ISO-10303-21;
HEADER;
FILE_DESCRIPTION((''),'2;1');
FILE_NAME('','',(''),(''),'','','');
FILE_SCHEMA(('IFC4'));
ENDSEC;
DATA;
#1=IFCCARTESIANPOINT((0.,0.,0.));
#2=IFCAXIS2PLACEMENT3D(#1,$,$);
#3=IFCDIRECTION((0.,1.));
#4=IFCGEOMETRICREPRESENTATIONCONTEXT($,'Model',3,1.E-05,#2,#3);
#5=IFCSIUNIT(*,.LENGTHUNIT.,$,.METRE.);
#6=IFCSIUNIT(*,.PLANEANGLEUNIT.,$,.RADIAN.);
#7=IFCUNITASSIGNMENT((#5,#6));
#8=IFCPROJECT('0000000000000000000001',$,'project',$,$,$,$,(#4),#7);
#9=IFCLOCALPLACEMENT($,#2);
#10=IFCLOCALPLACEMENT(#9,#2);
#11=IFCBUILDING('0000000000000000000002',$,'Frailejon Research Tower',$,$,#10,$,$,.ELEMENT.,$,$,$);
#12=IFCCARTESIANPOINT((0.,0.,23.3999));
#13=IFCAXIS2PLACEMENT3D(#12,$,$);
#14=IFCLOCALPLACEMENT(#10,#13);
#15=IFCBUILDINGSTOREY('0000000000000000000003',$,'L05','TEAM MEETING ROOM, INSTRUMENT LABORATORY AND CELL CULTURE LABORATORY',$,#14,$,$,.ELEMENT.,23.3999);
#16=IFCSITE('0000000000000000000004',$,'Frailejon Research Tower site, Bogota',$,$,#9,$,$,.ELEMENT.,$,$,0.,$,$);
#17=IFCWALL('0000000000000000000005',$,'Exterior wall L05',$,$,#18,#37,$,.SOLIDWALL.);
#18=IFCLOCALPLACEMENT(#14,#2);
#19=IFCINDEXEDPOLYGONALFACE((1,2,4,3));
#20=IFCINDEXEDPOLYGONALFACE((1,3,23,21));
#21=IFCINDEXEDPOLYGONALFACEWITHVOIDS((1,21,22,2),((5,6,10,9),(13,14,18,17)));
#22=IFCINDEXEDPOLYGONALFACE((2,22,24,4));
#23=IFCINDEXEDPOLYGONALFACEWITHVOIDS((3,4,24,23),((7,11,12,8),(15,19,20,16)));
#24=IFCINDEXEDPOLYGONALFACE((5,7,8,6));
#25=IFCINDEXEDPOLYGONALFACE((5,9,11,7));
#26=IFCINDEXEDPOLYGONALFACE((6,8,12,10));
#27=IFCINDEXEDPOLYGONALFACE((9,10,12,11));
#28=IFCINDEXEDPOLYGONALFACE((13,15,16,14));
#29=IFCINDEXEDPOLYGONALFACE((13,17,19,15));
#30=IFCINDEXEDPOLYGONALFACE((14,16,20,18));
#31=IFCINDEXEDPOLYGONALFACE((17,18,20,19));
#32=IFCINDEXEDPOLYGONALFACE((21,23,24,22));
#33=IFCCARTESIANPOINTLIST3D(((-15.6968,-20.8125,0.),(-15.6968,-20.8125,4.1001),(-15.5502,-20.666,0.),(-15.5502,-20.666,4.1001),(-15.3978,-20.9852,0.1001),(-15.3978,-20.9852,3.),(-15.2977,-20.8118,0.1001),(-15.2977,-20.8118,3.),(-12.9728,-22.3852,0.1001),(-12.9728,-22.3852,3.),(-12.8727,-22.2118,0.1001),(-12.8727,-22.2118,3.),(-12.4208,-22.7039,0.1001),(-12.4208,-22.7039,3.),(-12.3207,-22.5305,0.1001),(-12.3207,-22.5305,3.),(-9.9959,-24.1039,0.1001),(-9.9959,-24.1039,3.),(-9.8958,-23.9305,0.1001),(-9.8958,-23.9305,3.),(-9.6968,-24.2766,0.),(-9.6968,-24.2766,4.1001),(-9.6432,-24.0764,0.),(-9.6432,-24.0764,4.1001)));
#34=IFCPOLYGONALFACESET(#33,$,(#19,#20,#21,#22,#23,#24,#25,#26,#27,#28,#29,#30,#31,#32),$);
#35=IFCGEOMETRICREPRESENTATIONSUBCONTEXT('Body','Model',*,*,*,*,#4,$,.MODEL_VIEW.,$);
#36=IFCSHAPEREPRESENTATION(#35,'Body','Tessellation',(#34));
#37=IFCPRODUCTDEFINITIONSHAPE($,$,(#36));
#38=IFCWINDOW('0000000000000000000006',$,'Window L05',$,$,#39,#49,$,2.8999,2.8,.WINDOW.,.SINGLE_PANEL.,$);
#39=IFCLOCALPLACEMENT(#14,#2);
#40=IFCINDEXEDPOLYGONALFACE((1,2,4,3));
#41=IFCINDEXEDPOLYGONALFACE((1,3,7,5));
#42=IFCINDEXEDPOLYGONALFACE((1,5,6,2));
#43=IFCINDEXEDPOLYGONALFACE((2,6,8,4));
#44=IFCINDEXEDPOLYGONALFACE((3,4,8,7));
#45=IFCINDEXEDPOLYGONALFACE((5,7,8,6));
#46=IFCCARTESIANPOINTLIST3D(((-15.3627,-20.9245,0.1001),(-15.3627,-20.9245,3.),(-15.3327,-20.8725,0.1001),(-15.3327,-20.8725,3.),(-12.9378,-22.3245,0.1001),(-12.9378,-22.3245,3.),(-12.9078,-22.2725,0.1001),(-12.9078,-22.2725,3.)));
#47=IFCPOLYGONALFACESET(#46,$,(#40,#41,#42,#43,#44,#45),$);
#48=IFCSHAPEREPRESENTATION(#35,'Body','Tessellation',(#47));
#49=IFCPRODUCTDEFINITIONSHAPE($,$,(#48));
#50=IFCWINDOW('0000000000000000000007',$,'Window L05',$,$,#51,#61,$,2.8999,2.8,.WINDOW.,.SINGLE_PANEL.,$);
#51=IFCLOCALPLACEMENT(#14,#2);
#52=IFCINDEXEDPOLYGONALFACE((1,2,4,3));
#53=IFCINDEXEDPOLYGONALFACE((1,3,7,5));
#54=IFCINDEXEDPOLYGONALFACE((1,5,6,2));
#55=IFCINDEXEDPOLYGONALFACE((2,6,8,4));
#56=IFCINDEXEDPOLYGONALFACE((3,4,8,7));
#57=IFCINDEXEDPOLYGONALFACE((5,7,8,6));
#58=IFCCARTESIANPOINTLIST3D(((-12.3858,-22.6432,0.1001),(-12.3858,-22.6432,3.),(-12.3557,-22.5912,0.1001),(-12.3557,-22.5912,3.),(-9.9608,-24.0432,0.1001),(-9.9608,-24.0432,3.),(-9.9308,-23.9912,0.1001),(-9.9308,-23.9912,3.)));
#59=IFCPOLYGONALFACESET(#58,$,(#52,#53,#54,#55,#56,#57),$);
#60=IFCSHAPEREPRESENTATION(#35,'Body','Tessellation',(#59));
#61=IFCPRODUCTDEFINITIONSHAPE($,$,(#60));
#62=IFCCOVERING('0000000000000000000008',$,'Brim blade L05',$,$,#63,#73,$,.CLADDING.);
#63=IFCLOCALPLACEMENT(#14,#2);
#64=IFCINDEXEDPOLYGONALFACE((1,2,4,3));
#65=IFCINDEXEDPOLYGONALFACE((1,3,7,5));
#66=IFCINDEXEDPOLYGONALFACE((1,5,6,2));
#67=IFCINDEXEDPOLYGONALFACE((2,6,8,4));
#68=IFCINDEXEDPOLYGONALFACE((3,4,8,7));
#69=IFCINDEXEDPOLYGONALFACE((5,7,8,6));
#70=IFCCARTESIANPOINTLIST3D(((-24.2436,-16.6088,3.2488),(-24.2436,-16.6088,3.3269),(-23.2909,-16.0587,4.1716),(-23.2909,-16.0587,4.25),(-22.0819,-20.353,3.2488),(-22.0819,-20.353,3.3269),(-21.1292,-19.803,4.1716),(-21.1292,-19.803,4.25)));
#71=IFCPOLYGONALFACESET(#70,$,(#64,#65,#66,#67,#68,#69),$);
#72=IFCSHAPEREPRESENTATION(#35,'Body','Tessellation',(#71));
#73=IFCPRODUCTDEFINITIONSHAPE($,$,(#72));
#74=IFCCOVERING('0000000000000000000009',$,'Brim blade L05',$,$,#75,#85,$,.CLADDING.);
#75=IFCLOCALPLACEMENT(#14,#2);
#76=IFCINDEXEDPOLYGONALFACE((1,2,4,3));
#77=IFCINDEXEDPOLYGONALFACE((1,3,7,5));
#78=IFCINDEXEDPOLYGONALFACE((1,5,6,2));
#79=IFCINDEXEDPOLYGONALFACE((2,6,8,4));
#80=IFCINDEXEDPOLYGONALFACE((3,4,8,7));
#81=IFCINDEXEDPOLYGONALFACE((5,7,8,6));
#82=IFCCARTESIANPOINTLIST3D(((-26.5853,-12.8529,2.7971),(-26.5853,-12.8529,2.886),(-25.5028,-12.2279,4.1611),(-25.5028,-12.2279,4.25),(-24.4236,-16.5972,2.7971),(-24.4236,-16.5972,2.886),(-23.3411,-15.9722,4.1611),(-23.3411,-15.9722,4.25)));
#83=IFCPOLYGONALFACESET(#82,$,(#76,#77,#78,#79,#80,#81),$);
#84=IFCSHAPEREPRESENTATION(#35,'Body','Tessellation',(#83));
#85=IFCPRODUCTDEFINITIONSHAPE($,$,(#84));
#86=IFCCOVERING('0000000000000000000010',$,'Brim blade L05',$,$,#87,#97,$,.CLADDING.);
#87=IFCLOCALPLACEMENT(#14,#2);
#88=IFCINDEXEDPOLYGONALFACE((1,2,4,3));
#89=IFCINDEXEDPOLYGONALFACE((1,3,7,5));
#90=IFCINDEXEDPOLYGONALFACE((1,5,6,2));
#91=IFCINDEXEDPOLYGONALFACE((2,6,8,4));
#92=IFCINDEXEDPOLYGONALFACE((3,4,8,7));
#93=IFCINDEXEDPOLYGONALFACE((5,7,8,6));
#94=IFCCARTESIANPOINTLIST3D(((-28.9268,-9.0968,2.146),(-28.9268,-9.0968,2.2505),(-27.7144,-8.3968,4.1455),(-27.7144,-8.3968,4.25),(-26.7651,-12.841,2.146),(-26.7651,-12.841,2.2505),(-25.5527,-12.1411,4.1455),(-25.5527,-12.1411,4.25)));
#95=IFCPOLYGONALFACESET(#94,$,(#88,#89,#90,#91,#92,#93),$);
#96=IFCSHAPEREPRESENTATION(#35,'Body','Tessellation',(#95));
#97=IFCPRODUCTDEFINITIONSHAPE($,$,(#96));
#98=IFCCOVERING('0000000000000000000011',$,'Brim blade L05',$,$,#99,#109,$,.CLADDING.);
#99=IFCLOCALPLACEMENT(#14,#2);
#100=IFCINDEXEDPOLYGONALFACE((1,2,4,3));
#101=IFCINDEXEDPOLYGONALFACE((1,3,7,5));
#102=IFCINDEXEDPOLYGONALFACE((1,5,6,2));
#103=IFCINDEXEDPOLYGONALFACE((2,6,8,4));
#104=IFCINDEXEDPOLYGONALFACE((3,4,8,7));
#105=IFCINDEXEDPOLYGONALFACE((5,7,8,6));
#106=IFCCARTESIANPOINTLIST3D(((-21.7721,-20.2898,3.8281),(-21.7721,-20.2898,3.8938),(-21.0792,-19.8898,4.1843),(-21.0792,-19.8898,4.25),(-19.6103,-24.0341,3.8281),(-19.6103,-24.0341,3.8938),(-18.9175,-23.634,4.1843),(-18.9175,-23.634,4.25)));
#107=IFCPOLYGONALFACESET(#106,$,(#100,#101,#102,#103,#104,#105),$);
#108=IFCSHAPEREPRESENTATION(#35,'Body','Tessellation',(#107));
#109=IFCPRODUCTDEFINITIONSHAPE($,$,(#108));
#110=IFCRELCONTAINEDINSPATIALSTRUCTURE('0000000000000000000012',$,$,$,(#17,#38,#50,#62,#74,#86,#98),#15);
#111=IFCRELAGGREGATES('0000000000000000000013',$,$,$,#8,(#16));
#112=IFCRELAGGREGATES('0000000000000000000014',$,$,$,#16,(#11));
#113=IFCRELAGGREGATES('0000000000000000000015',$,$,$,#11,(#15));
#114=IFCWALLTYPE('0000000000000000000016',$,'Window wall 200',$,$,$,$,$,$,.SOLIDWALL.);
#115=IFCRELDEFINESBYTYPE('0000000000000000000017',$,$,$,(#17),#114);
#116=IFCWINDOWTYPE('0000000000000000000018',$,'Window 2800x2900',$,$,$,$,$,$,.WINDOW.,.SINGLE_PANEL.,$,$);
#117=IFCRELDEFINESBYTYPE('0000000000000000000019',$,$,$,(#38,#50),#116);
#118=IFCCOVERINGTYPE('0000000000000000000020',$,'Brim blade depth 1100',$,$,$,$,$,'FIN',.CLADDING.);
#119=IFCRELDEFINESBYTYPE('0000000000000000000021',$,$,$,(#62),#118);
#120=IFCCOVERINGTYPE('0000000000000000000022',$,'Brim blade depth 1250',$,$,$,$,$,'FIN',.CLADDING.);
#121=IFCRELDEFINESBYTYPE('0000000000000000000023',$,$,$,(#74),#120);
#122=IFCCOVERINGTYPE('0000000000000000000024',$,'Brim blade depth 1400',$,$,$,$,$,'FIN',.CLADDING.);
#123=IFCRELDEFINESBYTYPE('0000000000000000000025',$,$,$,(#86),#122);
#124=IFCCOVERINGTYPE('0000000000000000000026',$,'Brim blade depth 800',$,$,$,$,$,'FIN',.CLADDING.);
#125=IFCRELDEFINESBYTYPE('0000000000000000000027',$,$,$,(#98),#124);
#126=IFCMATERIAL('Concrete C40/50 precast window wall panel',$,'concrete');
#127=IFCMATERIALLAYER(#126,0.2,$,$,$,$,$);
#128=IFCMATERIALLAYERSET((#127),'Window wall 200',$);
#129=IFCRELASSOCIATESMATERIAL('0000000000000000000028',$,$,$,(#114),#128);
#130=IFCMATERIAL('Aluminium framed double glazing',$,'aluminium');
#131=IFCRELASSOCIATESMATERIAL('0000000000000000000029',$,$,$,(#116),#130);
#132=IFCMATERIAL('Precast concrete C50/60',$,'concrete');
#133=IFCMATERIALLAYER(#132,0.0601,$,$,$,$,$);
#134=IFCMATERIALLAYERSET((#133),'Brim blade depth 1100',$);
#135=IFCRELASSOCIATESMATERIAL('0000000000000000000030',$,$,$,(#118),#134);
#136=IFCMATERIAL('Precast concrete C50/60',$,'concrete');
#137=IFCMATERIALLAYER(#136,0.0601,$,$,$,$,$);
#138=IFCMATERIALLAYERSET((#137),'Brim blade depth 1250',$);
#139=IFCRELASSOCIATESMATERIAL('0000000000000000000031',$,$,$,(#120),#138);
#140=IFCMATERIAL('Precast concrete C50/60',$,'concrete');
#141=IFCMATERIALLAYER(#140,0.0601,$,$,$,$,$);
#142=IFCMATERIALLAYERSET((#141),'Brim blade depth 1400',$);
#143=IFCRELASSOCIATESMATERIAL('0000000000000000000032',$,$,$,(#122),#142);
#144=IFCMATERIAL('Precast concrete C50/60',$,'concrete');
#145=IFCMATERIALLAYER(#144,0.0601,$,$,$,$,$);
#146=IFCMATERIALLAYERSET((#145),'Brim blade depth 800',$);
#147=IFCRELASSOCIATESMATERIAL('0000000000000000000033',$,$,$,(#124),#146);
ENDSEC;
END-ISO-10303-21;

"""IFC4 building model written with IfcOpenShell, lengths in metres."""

from ifc_helpers import new_model, si_unit, direction, frame, frame_2d, origin, place, context, subcontext, project, spatial, polyline, rectangle, outline, extrude, material, layer, layer_set, type_object, element, fill, save


model = new_model("IFC4")

# Units and contexts
model_context = context("Model", 3, precision=1e-05, world=origin(), true_north=direction((0.0, 1.0)))
body_context = subcontext(model_context, "Body", "Model", "MODEL_VIEW")
ifc_project = project(units=[si_unit("LENGTHUNIT", "METRE"), si_unit("PLANEANGLEUNIT", "RADIAN")], contexts=[model_context])

# Site, building, storey
site_placement = place(None, origin())
site = spatial("IfcSite", under=ifc_project, at=site_placement, Name="Frailejon Research Tower site, Bogota", CompositionType="ELEMENT", RefElevation=0.0)
building_placement = place(site_placement, origin())
building = spatial("IfcBuilding", under=site, at=building_placement, Name="Frailejon Research Tower", CompositionType="ELEMENT")
storey_placement = place(building_placement, frame((0.0, 0.0, 23.3999)))
storey = spatial("IfcBuildingStorey", under=building, at=storey_placement, Name="L05", Description="TEAM MEETING ROOM, INSTRUMENT LABORATORY AND CELL CULTURE LABORATORY", CompositionType="ELEMENT", Elevation=23.3999)

# Wall, openings, windows
ifc_material_1 = material(Name="Concrete C40/50 precast window wall panel", Category="concrete")
ifc_layer_1 = layer(ifc_material_1, 0.2)
ifc_layer_set_1 = layer_set([ifc_layer_1], Name="Window wall 200")
wall_type_1 = type_object("IfcWallType", Name="Window wall 200", PredefinedType="SOLIDWALL", material=ifc_layer_set_1)
wall_1_placement = place(storey_placement, frame((-15.6235, -20.7393, 0.0), z_axis=(0.0, 0.0, 1.0), x_axis=(0.866029, -0.499993, 0.0)))
wall_1 = element("IfcWall", 1, at=wall_1_placement, inside=storey, type_object=wall_type_1, Name="Exterior wall L05", PredefinedType="SOLIDWALL", context=body_context, shape_type="SweptSolid", body=[
    extrude(outline(polyline([(-0.0269, -0.1001), (1.1279, -0.1001), (2.2825, -0.1001), (3.4373, -0.1001), (4.592, -0.1001), (5.7466, -0.1001), (6.9014, -0.1001), (6.8477, 0.1001), (5.7109, 0.1001), (4.574, 0.1001), (3.4373, 0.1001), (2.3005, 0.1001), (1.1636, 0.1001), (0.0269, 0.1001), (-0.0269, -0.1001)])), origin(), (0.0, 0.0, 1.0), 4.1001),
])
opening_1_placement = place(wall_1_placement, frame((0.3186, 0.0, 0.1001)))
opening_1 = element("IfcOpeningElement", 2, at=opening_1_placement, cuts=wall_1, PredefinedType="OPENING", context=body_context, shape_type="SweptSolid", body=[
    extrude(rectangle(XDim=2.8, YDim=2.8999, at=frame_2d((1.3999, 1.45))), frame((0.0, 0.1099, 0.0), z_axis=(0.0, -1.0, 0.0), x_axis=(1.0, 0.0, 0.0)), (0.0, 0.0, 1.0), 0.22),
])
opening_2_placement = place(wall_1_placement, frame((3.7561, 0.0, 0.1001)))
opening_2 = element("IfcOpeningElement", 3, at=opening_2_placement, cuts=wall_1, PredefinedType="OPENING", context=body_context, shape_type="SweptSolid", body=[
    extrude(rectangle(XDim=2.8, YDim=2.8999, at=frame_2d((1.3999, 1.45))), frame((0.0, 0.1099, 0.0), z_axis=(0.0, -1.0, 0.0), x_axis=(1.0, 0.0, 0.0)), (0.0, 0.0, 1.0), 0.22),
])
ifc_material_2 = material(Name="Aluminium framed double glazing", Category="aluminium")
window_type = type_object("IfcWindowType", Name="Window 2800x2900", PartitioningType="SINGLE_PANEL", PredefinedType="WINDOW", material=ifc_material_2)
window_1_placement = place(opening_1_placement, origin())
window_1 = element("IfcWindow", 4, at=window_1_placement, inside=storey, type_object=window_type, Name="Window L05", OverallHeight=2.8999, OverallWidth=2.8, PartitioningType="SINGLE_PANEL", PredefinedType="WINDOW", context=body_context, shape_type="SweptSolid", body=[
    extrude(rectangle(XDim=2.8, YDim=2.8999, at=frame_2d((1.3999, 1.45))), frame((0.0, 0.03, 0.0), z_axis=(0.0, -1.0, 0.0), x_axis=(1.0, 0.0, 0.0)), (0.0, 0.0, 1.0), 0.0601),
])
fill(opening_1, window_1)
window_2_placement = place(opening_2_placement, origin())
window_2 = element("IfcWindow", 5, at=window_2_placement, inside=storey, type_object=window_type, Name="Window L05", OverallHeight=2.8999, OverallWidth=2.8, PartitioningType="SINGLE_PANEL", PredefinedType="WINDOW", context=body_context, shape_type="SweptSolid", body=[
    extrude(rectangle(XDim=2.8, YDim=2.8999, at=frame_2d((1.3999, 1.45))), frame((0.0, 0.03, 0.0), z_axis=(0.0, -1.0, 0.0), x_axis=(1.0, 0.0, 0.0)), (0.0, 0.0, 1.0), 0.0601),
])
fill(opening_2, window_2)

# Coverings
ifc_material_3 = material(Name="Precast concrete C50/60", Category="concrete")
ifc_layer_2 = layer(ifc_material_3, 0.0601)
ifc_layer_set_2 = layer_set([ifc_layer_2], Name="Brim blade depth 1100")
covering_type_1 = type_object("IfcCoveringType", Name="Brim blade depth 1100", ElementType="FIN", PredefinedType="CLADDING", material=ifc_layer_set_2)
covering_1_placement = place(storey_placement, frame((-21.1292, -19.803, 4.25), z_axis=(-0.500005, 0.866023, 0.0), x_axis=(-0.866023, -0.500005, 0.0)))
element("IfcCovering", 6, at=covering_1_placement, inside=storey, type_object=covering_type_1, Name="Brim blade L05", PredefinedType="CLADDING", context=body_context, shape_type="SweptSolid", body=[
    extrude(outline(polyline([(0.0, -0.0784), (1.1001, -1.0012), (1.1001, -0.9231), (0.0, 0.0), (0.0, -0.0784)])), origin(), (0.0, 0.0, 1.0), 4.3235),
])
ifc_material_4 = material(Name="Precast concrete C50/60", Category="concrete")
ifc_layer_3 = layer(ifc_material_4, 0.0601)
ifc_layer_set_3 = layer_set([ifc_layer_3], Name="Brim blade depth 1250")
covering_type_2 = type_object("IfcCoveringType", Name="Brim blade depth 1250", ElementType="FIN", PredefinedType="CLADDING", material=ifc_layer_set_3)
covering_2_placement = place(storey_placement, frame((-23.3411, -15.9722, 4.25), z_axis=(-0.499995, 0.866028, 0.0), x_axis=(-0.866028, -0.499995, 0.0)))
element("IfcCovering", 7, at=covering_2_placement, inside=storey, type_object=covering_type_2, Name="Brim blade L05", PredefinedType="CLADDING", context=body_context, shape_type="SweptSolid", body=[
    extrude(outline(polyline([(0.0, -0.0889), (1.25, -1.4529), (1.25, -1.364), (0.0, 0.0), (0.0, -0.0889)])), origin(), (0.0, 0.0, 1.0), 4.3235),
])
ifc_material_5 = material(Name="Precast concrete C50/60", Category="concrete")
ifc_layer_4 = layer(ifc_material_5, 0.0601)
ifc_layer_set_4 = layer_set([ifc_layer_4], Name="Brim blade depth 1400")
covering_type_3 = type_object("IfcCoveringType", Name="Brim blade depth 1400", ElementType="FIN", PredefinedType="CLADDING", material=ifc_layer_set_4)
covering_3_placement = place(storey_placement, frame((-25.5527, -12.1411, 4.25), z_axis=(-0.499988, 0.866032, 0.0), x_axis=(-0.866032, -0.499988, 0.0)))
element("IfcCovering", 8, at=covering_3_placement, inside=storey, type_object=covering_type_3, Name="Brim blade L05", PredefinedType="CLADDING", context=body_context, shape_type="SweptSolid", body=[
    extrude(outline(polyline([(0.0, -0.1045), (1.3999, -2.104), (1.3999, -1.9995), (0.0, 0.0), (0.0, -0.1045)])), origin(), (0.0, 0.0, 1.0), 4.3235),
])
ifc_material_6 = material(Name="Precast concrete C50/60", Category="concrete")
ifc_layer_5 = layer(ifc_material_6, 0.0601)
ifc_layer_set_5 = layer_set([ifc_layer_5], Name="Brim blade depth 800")
covering_type_4 = type_object("IfcCoveringType", Name="Brim blade depth 800", ElementType="FIN", PredefinedType="CLADDING", material=ifc_layer_set_5)
covering_4_placement = place(storey_placement, frame((-18.9175, -23.634, 4.25), z_axis=(-0.500005, 0.866023, 0.0), x_axis=(-0.866023, -0.500005, 0.0)))
element("IfcCovering", 9, at=covering_4_placement, inside=storey, type_object=covering_type_4, Name="Brim blade L05", PredefinedType="CLADDING", context=body_context, shape_type="SweptSolid", body=[
    extrude(outline(polyline([(0.0, -0.0657), (0.8, -0.4219), (0.8, -0.3562), (0.0, 0.0), (0.0, -0.0657)])), origin(), (0.0, 0.0, 1.0), 4.3235),
])

save(model, "model.ifc")
